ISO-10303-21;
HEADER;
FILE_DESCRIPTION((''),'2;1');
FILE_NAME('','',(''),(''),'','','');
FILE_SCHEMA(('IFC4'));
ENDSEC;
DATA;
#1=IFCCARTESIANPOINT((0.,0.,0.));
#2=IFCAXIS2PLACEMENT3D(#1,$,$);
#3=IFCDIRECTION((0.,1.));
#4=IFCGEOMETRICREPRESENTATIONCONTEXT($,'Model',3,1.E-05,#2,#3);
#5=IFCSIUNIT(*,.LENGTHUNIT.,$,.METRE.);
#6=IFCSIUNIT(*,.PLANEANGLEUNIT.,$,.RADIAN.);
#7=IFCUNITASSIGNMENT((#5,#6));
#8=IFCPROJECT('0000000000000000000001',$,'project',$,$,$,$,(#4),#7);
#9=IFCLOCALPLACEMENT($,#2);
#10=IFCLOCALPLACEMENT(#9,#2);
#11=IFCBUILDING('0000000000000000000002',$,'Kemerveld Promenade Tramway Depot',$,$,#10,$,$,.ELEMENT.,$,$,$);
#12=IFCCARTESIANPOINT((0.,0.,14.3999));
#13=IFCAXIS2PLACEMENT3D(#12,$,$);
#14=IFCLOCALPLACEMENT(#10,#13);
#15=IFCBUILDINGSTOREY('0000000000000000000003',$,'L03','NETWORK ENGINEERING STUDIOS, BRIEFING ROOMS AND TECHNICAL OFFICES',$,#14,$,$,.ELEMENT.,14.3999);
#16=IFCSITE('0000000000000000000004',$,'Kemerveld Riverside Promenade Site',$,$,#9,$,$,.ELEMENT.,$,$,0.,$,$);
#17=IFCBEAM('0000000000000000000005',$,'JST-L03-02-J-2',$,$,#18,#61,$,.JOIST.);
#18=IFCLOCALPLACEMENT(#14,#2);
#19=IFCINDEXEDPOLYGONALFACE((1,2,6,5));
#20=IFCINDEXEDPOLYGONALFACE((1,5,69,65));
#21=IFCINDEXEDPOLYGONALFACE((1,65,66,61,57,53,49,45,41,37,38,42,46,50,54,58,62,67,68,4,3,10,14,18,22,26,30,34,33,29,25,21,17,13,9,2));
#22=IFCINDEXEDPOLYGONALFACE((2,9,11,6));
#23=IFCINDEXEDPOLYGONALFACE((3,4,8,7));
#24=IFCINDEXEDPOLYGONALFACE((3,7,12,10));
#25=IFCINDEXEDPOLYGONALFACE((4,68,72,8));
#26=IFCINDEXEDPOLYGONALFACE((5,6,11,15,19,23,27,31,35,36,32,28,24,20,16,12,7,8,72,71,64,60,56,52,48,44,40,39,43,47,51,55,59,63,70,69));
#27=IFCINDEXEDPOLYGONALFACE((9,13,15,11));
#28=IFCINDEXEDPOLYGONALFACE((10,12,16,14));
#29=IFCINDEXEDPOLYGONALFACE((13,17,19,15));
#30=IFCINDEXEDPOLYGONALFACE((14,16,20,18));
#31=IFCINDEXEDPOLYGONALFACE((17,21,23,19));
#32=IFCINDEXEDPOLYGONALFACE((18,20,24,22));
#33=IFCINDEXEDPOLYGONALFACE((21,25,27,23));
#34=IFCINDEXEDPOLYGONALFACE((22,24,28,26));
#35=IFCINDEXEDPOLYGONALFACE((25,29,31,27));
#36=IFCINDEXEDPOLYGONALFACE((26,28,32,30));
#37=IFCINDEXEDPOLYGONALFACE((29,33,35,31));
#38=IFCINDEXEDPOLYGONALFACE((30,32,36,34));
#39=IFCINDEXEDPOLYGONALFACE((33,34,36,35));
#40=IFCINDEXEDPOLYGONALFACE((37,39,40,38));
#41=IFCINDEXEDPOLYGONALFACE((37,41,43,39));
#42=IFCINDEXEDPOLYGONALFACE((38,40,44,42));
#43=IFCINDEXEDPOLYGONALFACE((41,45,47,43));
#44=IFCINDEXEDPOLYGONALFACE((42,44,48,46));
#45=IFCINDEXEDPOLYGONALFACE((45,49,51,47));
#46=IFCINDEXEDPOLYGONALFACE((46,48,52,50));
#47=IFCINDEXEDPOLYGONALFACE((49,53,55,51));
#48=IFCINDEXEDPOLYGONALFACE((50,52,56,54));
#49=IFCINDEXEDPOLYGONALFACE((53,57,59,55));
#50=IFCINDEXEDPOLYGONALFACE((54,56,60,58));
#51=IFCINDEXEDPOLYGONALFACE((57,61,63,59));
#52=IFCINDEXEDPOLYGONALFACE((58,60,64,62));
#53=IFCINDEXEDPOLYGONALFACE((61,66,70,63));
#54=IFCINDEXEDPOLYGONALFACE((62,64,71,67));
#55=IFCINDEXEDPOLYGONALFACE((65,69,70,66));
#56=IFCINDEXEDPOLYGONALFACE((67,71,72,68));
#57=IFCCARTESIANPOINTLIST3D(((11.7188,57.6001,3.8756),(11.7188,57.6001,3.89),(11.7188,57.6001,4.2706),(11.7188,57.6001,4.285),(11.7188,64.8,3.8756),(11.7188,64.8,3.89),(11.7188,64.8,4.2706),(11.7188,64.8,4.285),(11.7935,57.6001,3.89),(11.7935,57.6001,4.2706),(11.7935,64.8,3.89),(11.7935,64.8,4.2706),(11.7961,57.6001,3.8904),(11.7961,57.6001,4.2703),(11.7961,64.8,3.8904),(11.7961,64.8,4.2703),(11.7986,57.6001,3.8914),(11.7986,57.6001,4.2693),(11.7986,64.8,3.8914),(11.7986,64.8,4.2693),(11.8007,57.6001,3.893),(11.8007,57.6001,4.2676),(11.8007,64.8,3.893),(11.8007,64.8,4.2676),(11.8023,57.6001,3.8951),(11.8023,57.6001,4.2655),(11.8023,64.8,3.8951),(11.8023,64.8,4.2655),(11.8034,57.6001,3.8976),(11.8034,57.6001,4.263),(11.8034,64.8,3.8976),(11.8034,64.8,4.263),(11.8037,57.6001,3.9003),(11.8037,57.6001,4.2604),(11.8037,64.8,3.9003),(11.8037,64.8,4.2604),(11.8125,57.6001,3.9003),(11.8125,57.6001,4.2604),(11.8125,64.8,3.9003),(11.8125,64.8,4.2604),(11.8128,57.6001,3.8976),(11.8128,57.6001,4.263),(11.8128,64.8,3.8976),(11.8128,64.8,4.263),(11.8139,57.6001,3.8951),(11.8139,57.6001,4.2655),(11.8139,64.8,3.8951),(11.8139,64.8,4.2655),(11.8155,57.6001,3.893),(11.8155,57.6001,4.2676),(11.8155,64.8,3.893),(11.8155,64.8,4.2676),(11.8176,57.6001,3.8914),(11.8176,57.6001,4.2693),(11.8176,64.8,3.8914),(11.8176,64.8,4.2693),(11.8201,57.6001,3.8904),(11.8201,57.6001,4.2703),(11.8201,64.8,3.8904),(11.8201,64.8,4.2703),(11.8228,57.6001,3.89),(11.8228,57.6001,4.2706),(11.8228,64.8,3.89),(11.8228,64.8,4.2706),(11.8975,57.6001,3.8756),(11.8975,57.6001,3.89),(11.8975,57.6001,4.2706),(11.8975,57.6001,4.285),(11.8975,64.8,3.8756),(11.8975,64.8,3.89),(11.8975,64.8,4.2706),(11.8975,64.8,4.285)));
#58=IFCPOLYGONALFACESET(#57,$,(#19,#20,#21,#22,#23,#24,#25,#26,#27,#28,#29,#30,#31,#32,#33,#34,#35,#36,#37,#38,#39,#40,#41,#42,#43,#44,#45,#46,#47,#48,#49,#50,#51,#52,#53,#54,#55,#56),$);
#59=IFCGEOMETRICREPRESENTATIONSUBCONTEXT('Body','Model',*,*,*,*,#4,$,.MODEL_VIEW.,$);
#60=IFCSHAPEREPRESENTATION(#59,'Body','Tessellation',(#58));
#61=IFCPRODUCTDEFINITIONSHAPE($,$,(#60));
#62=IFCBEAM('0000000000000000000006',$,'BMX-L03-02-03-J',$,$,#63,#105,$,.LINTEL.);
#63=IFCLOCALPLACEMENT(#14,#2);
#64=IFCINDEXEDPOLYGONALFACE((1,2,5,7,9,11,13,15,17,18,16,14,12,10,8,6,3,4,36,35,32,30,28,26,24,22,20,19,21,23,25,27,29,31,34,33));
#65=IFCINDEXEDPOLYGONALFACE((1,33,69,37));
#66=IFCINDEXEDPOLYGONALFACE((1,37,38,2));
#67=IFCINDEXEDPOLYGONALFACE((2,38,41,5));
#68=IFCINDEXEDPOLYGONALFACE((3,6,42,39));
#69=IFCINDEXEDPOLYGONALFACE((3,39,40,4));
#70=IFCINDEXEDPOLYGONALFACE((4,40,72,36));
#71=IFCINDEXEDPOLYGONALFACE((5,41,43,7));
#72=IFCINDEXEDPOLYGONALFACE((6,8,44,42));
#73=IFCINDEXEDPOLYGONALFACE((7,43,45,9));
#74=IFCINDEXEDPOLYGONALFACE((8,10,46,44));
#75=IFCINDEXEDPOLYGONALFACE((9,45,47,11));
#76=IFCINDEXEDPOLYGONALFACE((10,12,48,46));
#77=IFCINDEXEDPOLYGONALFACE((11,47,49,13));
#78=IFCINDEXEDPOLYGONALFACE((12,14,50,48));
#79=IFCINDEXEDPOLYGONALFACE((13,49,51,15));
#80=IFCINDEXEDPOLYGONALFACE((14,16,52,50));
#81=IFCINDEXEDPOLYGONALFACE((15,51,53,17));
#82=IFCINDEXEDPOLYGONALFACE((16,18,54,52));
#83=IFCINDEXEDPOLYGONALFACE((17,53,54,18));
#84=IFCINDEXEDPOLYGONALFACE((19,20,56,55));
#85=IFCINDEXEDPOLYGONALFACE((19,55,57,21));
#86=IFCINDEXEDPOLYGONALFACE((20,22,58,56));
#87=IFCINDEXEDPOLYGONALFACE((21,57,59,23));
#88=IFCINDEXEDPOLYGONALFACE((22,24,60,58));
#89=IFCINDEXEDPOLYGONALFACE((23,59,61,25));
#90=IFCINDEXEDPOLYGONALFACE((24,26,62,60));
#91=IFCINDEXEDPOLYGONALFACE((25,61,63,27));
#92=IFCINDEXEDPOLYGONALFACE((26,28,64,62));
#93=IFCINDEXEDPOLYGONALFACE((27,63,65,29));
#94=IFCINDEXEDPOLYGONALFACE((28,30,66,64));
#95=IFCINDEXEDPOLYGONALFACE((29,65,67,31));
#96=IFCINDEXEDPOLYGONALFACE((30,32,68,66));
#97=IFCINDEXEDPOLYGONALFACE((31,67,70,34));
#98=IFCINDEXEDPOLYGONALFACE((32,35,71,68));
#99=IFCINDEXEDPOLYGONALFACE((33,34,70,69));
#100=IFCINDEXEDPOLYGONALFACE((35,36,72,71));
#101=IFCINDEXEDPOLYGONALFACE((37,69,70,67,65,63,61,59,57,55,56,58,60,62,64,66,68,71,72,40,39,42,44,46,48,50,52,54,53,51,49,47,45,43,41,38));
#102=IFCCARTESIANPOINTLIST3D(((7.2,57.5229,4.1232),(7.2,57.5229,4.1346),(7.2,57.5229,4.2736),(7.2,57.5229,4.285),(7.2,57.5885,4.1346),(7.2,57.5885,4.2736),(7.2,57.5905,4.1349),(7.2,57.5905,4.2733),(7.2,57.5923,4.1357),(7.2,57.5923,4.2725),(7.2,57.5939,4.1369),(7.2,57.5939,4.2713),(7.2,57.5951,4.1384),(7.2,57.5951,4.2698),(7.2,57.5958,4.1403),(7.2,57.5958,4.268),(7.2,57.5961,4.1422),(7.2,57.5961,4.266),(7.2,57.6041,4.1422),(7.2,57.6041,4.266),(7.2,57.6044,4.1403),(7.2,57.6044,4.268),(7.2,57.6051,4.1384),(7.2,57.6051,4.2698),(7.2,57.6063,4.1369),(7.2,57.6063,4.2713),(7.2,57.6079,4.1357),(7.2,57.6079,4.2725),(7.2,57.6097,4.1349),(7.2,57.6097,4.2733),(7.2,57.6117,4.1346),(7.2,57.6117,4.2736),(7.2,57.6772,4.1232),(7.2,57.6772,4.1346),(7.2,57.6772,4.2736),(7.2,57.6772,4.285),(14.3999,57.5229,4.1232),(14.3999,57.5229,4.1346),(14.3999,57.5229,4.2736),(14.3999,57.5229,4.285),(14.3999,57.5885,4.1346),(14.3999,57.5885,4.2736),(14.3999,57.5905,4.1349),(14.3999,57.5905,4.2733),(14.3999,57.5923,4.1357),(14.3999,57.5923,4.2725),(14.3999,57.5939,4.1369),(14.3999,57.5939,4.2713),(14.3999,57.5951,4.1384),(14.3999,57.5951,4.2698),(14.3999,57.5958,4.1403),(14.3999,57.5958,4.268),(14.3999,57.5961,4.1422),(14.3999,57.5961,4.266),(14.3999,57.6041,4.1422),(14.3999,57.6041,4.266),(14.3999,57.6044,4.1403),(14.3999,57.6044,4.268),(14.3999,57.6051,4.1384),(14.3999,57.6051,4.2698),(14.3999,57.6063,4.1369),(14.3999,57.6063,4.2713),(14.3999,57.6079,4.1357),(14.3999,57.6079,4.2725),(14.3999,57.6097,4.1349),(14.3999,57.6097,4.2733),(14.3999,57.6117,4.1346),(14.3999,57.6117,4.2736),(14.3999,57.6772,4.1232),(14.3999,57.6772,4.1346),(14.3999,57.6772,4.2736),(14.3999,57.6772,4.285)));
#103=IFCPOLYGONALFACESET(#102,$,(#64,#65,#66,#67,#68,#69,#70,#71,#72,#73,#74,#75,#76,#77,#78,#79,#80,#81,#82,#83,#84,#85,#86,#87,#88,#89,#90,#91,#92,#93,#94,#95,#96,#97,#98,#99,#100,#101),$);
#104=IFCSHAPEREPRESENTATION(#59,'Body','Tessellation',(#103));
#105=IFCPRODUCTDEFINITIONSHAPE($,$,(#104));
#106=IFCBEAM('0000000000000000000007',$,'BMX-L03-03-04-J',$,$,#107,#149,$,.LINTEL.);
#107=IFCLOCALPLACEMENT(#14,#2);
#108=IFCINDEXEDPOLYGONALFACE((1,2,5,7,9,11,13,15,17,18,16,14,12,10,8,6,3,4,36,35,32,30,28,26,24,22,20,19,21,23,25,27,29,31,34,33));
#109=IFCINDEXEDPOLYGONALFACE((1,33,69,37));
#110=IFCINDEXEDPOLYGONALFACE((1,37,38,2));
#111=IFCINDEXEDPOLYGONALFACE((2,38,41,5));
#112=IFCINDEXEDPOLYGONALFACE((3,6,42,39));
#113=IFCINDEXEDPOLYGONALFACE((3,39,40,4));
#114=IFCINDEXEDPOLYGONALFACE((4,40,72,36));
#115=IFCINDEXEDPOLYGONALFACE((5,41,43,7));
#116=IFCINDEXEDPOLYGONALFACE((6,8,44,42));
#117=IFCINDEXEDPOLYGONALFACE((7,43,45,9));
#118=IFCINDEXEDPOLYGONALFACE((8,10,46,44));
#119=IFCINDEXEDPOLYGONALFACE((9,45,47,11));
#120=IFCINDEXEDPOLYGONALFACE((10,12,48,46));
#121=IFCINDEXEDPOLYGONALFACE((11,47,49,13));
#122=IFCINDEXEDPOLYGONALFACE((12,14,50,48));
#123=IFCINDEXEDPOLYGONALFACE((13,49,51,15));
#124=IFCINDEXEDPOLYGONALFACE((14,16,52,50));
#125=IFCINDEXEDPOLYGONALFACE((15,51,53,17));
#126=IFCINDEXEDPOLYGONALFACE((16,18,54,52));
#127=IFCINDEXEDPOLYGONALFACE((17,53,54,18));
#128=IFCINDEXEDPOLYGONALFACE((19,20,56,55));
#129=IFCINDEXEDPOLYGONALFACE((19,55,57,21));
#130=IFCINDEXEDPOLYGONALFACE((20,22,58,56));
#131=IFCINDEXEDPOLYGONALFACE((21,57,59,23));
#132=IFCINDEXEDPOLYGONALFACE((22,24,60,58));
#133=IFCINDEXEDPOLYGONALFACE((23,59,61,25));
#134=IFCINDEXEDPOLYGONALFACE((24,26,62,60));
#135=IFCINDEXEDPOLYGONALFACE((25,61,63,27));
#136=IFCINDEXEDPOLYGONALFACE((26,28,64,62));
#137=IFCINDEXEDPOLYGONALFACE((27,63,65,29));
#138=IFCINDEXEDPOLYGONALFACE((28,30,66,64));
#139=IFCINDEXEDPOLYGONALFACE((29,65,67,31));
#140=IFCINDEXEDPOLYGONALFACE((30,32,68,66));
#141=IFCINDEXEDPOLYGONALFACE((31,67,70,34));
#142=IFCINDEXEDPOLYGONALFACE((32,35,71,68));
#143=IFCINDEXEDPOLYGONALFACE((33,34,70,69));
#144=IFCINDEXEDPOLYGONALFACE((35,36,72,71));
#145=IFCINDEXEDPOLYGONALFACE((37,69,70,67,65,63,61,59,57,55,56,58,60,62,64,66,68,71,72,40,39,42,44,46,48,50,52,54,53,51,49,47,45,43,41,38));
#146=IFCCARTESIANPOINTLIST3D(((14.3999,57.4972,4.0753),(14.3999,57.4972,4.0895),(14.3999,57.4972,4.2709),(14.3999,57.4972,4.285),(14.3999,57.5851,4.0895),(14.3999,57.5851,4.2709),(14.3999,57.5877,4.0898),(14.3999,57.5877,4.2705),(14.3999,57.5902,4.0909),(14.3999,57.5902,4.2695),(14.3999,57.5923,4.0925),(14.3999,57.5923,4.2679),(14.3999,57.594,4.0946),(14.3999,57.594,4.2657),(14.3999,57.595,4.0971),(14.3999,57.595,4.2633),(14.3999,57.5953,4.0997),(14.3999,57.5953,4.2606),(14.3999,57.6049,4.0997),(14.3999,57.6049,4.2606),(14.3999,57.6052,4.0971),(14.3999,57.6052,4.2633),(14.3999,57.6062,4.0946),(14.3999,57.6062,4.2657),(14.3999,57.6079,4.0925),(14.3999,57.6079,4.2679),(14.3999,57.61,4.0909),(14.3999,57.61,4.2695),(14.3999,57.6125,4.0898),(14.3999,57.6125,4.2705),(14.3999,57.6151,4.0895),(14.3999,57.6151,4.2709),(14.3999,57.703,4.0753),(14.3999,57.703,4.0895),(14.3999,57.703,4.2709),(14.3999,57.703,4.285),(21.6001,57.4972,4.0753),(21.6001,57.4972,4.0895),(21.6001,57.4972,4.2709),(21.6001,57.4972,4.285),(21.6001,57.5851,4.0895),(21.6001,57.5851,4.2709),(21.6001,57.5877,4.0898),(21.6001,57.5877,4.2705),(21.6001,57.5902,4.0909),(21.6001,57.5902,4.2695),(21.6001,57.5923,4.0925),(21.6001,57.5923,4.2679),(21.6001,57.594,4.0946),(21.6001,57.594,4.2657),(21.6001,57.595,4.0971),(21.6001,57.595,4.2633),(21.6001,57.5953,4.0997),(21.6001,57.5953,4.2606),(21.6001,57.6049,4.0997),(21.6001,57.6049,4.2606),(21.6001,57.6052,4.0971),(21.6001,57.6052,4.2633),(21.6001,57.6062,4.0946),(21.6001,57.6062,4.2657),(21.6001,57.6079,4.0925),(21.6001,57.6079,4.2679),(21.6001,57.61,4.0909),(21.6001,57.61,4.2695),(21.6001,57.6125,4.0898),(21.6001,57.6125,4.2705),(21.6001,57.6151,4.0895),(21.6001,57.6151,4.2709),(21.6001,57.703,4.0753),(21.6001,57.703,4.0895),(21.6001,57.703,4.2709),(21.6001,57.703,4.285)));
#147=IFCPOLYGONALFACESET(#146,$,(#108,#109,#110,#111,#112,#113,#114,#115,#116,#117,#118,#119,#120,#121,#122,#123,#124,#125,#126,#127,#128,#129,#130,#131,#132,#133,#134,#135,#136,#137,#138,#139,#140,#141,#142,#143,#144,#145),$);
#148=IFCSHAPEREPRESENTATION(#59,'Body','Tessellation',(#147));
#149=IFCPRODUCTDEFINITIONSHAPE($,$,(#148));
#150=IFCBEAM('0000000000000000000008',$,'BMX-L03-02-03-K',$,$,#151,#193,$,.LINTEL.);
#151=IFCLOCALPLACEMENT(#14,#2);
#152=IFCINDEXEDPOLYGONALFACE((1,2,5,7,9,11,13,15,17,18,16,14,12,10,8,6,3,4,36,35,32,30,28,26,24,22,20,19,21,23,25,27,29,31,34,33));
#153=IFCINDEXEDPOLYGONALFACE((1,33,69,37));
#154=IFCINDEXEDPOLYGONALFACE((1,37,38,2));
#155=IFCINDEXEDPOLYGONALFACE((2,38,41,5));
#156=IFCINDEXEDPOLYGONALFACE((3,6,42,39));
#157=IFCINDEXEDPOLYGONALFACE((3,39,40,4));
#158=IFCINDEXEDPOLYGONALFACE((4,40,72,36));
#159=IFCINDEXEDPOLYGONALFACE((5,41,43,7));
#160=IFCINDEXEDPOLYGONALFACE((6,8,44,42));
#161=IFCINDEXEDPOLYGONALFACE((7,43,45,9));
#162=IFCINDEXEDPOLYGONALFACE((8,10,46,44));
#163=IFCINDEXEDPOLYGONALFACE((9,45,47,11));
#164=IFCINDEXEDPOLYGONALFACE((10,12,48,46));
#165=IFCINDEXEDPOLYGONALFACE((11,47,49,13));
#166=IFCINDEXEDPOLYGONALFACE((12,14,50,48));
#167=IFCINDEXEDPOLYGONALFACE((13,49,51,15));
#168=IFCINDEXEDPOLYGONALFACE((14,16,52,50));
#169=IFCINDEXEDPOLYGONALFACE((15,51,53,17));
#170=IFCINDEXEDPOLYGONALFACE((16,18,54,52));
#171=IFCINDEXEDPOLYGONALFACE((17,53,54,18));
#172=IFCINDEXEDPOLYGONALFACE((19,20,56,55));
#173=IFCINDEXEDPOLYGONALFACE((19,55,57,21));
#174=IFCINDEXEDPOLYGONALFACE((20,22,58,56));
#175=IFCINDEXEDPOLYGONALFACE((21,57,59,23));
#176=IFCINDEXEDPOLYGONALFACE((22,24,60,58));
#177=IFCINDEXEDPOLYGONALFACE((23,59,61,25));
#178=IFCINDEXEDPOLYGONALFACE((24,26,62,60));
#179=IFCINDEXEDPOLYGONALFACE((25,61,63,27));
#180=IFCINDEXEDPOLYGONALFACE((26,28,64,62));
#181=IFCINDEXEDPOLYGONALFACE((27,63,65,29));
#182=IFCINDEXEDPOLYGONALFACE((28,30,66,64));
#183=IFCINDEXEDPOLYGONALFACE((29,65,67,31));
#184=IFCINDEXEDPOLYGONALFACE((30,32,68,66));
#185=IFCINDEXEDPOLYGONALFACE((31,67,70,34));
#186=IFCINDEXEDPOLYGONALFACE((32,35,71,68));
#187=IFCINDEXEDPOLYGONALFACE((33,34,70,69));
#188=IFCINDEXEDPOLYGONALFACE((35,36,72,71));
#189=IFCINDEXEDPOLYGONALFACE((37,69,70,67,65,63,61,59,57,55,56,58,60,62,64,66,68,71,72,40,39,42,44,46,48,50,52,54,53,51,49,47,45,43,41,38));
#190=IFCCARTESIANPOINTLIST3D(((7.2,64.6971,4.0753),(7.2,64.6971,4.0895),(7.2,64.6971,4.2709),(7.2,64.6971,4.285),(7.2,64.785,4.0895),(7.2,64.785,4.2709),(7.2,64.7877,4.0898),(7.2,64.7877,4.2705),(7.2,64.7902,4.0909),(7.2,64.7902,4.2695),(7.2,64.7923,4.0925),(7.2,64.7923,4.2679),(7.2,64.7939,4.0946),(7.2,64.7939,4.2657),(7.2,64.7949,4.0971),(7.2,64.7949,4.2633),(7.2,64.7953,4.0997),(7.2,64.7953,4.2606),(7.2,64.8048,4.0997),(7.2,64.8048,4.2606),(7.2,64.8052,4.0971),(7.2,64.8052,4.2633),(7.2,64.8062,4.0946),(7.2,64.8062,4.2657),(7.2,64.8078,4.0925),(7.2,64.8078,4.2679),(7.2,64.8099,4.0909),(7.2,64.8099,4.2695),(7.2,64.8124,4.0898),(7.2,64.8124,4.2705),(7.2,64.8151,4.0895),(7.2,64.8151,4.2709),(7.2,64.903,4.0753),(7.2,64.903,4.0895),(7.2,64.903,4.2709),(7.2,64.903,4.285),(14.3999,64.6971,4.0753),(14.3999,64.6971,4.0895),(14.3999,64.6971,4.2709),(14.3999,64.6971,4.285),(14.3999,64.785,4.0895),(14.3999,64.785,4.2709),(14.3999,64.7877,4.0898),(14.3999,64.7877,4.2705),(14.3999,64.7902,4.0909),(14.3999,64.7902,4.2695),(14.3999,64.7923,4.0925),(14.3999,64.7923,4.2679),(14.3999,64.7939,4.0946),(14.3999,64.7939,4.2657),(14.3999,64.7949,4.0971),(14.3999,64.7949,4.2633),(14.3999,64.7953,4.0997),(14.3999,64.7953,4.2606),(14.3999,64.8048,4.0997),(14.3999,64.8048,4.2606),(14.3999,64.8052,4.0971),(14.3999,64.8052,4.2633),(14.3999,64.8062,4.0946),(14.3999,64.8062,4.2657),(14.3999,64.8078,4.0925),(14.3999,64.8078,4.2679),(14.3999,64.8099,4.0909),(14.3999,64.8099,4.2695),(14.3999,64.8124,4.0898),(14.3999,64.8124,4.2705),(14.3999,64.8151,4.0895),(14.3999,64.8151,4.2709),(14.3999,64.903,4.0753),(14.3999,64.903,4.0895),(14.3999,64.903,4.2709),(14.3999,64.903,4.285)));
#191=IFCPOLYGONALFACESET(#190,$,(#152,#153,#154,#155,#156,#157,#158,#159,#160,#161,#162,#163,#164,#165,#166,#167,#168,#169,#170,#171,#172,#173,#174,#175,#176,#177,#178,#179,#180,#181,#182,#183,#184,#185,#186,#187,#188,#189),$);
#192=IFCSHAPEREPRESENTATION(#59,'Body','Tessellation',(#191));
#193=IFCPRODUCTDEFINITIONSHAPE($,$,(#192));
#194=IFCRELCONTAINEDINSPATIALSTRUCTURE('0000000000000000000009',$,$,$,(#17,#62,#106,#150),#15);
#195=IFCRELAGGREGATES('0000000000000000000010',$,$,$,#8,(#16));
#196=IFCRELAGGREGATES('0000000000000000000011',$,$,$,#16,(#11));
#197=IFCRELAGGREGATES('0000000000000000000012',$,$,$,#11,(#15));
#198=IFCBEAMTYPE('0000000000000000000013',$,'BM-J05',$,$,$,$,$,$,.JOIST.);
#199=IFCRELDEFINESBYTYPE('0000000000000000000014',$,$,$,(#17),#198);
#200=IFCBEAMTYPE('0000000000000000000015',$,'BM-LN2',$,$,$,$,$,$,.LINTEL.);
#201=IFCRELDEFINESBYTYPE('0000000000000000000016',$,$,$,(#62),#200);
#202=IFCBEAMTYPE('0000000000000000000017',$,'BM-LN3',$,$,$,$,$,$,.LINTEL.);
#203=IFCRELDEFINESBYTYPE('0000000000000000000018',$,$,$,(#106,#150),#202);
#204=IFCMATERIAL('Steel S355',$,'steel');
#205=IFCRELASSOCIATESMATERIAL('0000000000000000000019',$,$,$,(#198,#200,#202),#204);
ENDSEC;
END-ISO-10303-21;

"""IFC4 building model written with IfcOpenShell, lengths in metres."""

from ifc_helpers import new_model, si_unit, direction, frame, origin, origin_2d, place, context, subcontext, project, spatial, i_section, extrude, material, material_profile, profile_set, type_object, element, save


model = new_model("IFC4")

# Units and contexts
model_context = context("Model", 3, precision=1e-05, world=origin(), true_north=direction((0.0, 1.0)))
body_context = subcontext(model_context, "Body", "Model", "MODEL_VIEW")
ifc_project = project(units=[si_unit("LENGTHUNIT", "METRE"), si_unit("PLANEANGLEUNIT", "RADIAN")], contexts=[model_context])

# Site, building, storey
site_placement = place(None, origin())
site = spatial("IfcSite", under=ifc_project, at=site_placement, Name="Kemerveld Riverside Promenade Site", CompositionType="ELEMENT", RefElevation=0.0)
building_placement = place(site_placement, origin())
building = spatial("IfcBuilding", under=site, at=building_placement, Name="Kemerveld Promenade Tramway Depot", CompositionType="ELEMENT")
storey_placement = place(building_placement, frame((0.0, 0.0, 14.3999)))
storey = spatial("IfcBuildingStorey", under=building, at=storey_placement, Name="L03", Description="NETWORK ENGINEERING STUDIOS, BRIEFING ROOMS AND TECHNICAL OFFICES", CompositionType="ELEMENT", Elevation=14.3999)

# Shared definitions
ifc_material_1 = material(Name="Steel S355", Category="steel")

# Beams
ifc_material_profile_1 = material_profile(ifc_material_1, i_section(OverallWidth=0.1787, OverallDepth=0.4094, WebThickness=0.0088, FlangeThickness=0.0144, FilletRadius=0.0103, at=origin_2d()), Name="406x178x67 UB")
ifc_profile_set_1 = profile_set([ifc_material_profile_1], Name="Steel S355")
beam_type_1 = type_object("IfcBeamType", Name="BM-J05", PredefinedType="JOIST", material=ifc_profile_set_1)
for number, where, z_axis, x_axis, name in (
    (1, (11.8081, 57.6001, 4.0803), (0.0, 1.0, 0.0), (-1.0, 0.0, 0.0), "JST-L03-02-J-2"),
):
    element("IfcBeam", number, at=place(storey_placement, frame(where, z_axis=z_axis, x_axis=x_axis)), inside=storey, type_object=beam_type_1, Name=name, PredefinedType="JOIST", context=body_context, shape_type="SweptSolid", body=[
        extrude(i_section(OverallWidth=0.1787, OverallDepth=0.4094, WebThickness=0.0088, FlangeThickness=0.0144, FilletRadius=0.0103, at=origin_2d()), origin(), (0.0, 0.0, 1.0), 7.2),
    ])
ifc_material_profile_2 = material_profile(ifc_material_1, i_section(OverallWidth=0.1543, OverallDepth=0.1619, WebThickness=0.0081, FlangeThickness=0.0115, FilletRadius=0.0076, at=origin_2d()), Name="152x152x37 UC")
ifc_profile_set_2 = profile_set([ifc_material_profile_2], Name="Steel S355")
beam_type_2 = type_object("IfcBeamType", Name="BM-LN2", PredefinedType="LINTEL", material=ifc_profile_set_2)
beam_1_placement = place(storey_placement, frame((7.2, 57.6001, 4.2041), z_axis=(1.0, 0.0, 0.0), x_axis=(0.0, 1.0, 0.0)))
element("IfcBeam", 2, at=beam_1_placement, inside=storey, type_object=beam_type_2, Name="BMX-L03-02-03-J", PredefinedType="LINTEL", context=body_context, shape_type="SweptSolid", body=[
    extrude(i_section(OverallWidth=0.1543, OverallDepth=0.1619, WebThickness=0.0081, FlangeThickness=0.0115, FilletRadius=0.0076, at=origin_2d()), origin(), (0.0, 0.0, 1.0), 7.2),
])
ifc_material_profile_3 = material_profile(ifc_material_1, i_section(OverallWidth=0.2058, OverallDepth=0.2097, WebThickness=0.0095, FlangeThickness=0.0142, FilletRadius=0.0103, at=origin_2d()), Name="203x203x60 UC")
ifc_profile_set_3 = profile_set([ifc_material_profile_3], Name="Steel S355")
beam_type_3 = type_object("IfcBeamType", Name="BM-LN3", PredefinedType="LINTEL", material=ifc_profile_set_3)
beam_2_placement = place(storey_placement, frame((14.3999, 57.6001, 4.1802), z_axis=(1.0, 0.0, 0.0), x_axis=(0.0, 1.0, 0.0)))
element("IfcBeam", 3, at=beam_2_placement, inside=storey, type_object=beam_type_3, Name="BMX-L03-03-04-J", PredefinedType="LINTEL", context=body_context, shape_type="SweptSolid", body=[
    extrude(i_section(OverallWidth=0.2058, OverallDepth=0.2097, WebThickness=0.0095, FlangeThickness=0.0142, FilletRadius=0.0103, at=origin_2d()), origin(), (0.0, 0.0, 1.0), 7.2002),
])
beam_3_placement = place(storey_placement, frame((7.2, 64.8, 4.1802), z_axis=(1.0, 0.0, 0.0), x_axis=(0.0, 1.0, 0.0)))
element("IfcBeam", 4, at=beam_3_placement, inside=storey, type_object=beam_type_3, Name="BMX-L03-02-03-K", PredefinedType="LINTEL", context=body_context, shape_type="SweptSolid", body=[
    extrude(i_section(OverallWidth=0.2058, OverallDepth=0.2097, WebThickness=0.0095, FlangeThickness=0.0142, FilletRadius=0.0103, at=origin_2d()), origin(), (0.0, 0.0, 1.0), 7.2),
])

save(model, "model.ifc")
